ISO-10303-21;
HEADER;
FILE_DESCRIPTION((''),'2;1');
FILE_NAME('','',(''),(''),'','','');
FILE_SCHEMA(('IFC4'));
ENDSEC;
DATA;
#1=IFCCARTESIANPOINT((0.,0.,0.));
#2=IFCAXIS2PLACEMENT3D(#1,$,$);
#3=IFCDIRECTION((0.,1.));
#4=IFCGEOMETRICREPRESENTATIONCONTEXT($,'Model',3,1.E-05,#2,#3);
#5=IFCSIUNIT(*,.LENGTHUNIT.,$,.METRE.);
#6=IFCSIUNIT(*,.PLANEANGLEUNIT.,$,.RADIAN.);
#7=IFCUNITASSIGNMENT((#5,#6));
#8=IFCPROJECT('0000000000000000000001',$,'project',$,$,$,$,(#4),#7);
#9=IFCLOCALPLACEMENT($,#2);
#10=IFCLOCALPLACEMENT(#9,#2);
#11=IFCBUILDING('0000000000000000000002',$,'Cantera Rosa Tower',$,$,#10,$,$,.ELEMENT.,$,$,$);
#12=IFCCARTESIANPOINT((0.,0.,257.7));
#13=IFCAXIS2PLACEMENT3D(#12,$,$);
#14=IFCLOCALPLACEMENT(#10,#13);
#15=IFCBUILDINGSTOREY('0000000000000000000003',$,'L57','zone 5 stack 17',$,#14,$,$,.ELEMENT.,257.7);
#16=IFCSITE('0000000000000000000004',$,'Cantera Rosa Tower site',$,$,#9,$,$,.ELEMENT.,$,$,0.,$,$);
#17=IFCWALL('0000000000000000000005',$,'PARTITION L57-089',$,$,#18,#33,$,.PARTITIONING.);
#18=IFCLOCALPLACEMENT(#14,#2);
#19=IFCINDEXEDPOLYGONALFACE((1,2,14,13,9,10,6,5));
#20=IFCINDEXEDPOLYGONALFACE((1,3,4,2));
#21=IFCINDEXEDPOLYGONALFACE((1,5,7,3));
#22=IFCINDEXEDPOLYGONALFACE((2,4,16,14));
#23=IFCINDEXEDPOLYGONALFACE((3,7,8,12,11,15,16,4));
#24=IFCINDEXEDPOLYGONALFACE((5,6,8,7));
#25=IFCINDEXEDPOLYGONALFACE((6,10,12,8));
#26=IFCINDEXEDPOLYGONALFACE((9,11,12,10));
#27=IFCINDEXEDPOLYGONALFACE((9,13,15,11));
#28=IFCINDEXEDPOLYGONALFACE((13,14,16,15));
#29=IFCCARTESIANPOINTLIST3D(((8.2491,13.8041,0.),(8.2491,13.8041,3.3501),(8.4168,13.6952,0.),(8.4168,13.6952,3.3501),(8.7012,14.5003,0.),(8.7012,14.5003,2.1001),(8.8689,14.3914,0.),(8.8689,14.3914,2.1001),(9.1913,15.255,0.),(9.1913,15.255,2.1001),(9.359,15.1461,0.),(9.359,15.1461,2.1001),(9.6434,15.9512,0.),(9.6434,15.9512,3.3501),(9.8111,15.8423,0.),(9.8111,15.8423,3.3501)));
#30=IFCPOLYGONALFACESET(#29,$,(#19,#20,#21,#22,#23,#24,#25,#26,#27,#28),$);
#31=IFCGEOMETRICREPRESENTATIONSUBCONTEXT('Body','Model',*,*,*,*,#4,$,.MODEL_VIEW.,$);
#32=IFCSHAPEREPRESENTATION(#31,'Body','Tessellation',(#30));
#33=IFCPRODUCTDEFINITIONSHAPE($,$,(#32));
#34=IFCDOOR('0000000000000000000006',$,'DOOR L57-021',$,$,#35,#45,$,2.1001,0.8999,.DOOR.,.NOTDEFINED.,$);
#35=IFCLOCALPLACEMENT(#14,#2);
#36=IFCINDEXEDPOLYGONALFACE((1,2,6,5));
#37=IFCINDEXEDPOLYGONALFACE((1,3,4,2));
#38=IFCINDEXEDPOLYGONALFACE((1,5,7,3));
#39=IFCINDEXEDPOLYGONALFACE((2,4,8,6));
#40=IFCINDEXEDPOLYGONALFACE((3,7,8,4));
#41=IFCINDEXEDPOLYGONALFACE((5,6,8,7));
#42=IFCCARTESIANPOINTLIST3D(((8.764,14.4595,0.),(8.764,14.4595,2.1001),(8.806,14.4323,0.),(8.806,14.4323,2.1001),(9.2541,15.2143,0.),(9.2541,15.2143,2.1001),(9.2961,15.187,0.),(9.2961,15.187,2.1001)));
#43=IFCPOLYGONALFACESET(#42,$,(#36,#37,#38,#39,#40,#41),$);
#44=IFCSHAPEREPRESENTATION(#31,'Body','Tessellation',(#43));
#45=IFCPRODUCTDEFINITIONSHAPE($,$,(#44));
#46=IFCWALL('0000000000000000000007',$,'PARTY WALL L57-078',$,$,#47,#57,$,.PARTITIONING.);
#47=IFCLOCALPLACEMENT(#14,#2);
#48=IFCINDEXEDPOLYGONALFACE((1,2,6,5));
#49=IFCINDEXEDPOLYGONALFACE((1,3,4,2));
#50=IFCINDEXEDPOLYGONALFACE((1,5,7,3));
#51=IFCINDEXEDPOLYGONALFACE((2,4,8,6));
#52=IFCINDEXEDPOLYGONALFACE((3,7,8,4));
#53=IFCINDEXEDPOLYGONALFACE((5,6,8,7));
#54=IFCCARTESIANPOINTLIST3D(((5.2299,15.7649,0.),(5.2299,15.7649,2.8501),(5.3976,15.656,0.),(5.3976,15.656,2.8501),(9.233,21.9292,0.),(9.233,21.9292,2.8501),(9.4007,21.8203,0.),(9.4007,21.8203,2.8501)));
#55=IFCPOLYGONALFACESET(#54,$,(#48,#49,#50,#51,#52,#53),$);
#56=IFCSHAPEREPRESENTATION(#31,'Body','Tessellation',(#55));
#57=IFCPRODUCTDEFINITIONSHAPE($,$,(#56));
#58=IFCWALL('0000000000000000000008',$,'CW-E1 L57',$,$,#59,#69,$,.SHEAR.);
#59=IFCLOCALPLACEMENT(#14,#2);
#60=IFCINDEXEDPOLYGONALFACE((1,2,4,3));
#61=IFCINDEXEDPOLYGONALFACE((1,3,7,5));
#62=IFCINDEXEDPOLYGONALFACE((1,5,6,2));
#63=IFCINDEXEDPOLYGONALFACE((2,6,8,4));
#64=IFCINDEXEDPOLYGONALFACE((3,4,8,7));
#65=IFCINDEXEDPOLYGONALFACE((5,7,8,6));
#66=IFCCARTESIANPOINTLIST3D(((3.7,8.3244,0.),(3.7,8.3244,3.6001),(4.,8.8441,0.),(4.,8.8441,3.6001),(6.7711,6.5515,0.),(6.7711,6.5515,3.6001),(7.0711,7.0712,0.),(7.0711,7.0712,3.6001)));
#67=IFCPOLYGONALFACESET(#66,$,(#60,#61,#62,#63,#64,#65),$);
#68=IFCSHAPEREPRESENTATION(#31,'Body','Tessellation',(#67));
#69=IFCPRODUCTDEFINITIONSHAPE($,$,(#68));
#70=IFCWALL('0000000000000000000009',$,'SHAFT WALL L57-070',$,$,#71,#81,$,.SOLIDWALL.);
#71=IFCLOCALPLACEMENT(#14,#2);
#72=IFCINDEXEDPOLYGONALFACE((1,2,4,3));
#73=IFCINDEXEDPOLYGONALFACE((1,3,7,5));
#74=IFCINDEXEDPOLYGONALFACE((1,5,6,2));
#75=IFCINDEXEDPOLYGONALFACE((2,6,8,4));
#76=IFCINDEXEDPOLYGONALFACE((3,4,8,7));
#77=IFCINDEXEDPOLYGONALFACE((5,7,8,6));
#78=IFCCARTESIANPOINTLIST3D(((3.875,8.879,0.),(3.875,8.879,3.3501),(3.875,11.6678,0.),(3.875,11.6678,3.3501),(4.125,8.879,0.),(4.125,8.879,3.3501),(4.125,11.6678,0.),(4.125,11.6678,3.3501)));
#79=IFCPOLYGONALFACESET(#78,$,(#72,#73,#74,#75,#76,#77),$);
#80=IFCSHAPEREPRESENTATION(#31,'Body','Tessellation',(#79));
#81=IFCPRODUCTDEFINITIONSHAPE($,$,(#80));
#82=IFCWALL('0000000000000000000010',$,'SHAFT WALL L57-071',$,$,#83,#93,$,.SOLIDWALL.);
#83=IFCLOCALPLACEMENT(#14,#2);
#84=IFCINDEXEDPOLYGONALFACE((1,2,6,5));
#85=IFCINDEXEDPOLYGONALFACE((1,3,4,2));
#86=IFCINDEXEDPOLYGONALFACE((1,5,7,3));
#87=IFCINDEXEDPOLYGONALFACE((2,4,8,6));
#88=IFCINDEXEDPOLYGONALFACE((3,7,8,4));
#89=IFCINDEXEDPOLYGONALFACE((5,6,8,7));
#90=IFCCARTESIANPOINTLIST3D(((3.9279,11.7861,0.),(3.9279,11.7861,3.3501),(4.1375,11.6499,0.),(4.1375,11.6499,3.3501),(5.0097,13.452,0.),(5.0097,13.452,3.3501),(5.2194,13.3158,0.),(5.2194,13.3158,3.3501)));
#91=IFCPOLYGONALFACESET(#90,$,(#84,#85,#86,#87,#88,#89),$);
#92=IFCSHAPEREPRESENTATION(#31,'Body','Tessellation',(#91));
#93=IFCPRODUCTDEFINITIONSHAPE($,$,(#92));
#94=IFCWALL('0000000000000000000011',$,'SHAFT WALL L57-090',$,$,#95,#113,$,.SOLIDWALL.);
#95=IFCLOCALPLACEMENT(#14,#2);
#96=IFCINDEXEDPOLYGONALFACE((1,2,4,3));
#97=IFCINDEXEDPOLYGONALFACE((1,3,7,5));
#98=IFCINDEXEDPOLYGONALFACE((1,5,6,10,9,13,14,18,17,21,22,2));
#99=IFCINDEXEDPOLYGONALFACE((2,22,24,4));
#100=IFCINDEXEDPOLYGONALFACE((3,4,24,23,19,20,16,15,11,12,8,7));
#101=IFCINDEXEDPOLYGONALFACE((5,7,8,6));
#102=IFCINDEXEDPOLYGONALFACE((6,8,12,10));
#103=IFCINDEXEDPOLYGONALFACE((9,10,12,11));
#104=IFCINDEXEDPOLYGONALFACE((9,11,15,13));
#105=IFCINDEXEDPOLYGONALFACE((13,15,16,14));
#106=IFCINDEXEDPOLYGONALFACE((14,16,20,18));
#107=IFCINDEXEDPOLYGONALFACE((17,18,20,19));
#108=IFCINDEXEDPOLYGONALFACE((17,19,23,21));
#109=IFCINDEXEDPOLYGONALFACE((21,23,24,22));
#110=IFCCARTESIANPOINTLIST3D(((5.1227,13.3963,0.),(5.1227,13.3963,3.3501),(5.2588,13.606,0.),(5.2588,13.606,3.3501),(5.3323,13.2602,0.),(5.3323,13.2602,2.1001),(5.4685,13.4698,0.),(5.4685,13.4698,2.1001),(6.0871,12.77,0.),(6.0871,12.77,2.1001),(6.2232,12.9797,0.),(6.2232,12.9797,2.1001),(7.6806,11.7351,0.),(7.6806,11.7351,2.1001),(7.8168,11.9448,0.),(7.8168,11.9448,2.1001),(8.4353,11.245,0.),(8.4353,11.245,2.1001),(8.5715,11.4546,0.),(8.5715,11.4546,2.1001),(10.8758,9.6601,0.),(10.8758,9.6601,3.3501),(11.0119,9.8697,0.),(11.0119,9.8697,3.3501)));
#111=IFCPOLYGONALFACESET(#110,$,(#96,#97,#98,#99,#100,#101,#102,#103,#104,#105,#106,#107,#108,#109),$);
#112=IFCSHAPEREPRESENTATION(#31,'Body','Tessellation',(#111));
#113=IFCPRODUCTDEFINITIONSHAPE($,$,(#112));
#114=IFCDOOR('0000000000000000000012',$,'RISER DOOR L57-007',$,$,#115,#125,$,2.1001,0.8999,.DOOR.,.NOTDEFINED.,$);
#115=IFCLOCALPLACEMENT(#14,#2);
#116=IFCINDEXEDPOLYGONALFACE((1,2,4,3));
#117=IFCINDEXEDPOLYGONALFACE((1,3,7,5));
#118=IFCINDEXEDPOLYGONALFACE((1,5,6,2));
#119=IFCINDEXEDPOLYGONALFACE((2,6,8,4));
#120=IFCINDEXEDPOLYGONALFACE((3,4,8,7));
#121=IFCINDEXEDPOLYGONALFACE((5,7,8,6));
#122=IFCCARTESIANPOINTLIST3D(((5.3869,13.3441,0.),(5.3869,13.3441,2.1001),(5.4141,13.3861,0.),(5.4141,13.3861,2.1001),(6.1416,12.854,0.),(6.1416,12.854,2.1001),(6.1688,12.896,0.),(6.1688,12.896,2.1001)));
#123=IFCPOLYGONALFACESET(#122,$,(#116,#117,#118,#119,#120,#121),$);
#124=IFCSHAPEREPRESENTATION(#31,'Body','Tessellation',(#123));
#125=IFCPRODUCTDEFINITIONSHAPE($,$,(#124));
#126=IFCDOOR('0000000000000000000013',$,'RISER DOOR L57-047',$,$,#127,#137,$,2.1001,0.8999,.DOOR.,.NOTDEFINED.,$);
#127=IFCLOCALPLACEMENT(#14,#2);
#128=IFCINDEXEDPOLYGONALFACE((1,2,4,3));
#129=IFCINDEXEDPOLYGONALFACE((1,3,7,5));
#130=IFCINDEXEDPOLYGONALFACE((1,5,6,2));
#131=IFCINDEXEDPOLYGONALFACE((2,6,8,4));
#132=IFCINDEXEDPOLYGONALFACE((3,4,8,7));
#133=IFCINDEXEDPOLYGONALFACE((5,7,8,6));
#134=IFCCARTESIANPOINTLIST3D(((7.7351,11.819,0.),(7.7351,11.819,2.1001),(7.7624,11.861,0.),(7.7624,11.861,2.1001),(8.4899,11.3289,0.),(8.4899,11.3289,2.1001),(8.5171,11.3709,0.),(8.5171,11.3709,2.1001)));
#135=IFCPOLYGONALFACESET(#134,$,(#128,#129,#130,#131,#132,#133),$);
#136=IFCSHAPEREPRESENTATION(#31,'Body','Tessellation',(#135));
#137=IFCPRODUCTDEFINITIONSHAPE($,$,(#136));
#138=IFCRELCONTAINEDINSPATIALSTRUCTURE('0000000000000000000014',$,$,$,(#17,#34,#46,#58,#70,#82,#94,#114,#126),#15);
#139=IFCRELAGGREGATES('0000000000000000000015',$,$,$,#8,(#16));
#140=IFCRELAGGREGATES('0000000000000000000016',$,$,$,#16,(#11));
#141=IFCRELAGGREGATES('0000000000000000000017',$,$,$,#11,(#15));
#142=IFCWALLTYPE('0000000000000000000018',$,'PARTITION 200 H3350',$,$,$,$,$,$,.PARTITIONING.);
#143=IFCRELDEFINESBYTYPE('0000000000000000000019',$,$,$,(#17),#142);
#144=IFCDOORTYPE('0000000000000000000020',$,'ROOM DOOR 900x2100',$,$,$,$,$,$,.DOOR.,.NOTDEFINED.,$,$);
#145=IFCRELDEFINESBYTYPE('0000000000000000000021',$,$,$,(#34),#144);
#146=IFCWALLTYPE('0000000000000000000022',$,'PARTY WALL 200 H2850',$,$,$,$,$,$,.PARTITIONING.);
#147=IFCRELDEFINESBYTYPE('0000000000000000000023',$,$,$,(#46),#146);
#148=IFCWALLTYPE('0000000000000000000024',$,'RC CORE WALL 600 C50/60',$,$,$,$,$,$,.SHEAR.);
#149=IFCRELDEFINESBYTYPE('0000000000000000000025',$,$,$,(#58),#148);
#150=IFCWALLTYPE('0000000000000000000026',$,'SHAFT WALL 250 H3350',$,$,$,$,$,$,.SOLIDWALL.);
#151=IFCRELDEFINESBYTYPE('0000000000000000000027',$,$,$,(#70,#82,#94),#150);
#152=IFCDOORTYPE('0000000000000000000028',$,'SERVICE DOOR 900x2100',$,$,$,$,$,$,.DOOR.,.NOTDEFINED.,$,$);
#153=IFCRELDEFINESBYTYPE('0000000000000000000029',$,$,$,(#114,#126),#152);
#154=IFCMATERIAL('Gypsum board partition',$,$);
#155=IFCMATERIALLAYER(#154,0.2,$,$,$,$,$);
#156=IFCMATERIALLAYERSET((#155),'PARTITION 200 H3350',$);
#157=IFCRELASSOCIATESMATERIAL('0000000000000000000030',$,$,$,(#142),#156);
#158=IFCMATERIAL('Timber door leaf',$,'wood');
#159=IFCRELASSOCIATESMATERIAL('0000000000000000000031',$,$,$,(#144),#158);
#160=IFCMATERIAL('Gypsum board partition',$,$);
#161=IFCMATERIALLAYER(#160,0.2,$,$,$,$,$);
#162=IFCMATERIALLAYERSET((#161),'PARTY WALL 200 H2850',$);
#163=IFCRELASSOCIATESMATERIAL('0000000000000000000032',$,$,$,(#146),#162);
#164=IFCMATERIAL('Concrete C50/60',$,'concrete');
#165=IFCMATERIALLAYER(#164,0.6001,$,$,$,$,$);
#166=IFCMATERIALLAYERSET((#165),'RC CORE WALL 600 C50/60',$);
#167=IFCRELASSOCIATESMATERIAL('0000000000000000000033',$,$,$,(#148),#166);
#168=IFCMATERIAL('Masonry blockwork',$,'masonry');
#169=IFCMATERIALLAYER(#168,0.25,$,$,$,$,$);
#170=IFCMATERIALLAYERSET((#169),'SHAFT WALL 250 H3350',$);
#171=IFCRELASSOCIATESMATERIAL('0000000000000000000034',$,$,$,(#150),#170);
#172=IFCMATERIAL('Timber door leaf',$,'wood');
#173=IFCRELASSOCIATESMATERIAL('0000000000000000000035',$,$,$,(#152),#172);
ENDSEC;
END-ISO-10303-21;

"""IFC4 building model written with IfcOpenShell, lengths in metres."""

from ifc_helpers import new_model, si_unit, direction, frame, frame_2d, origin, place, context, subcontext, project, spatial, rectangle, extrude, material, layer, layer_set, type_object, element, fill, save


model = new_model("IFC4")

# Units and contexts
model_context = context("Model", 3, precision=1e-05, world=origin(), true_north=direction((0.0, 1.0)))
body_context = subcontext(model_context, "Body", "Model", "MODEL_VIEW")
ifc_project = project(units=[si_unit("LENGTHUNIT", "METRE"), si_unit("PLANEANGLEUNIT", "RADIAN")], contexts=[model_context])

# Site, building, storey
site_placement = place(None, origin())
site = spatial("IfcSite", under=ifc_project, at=site_placement, Name="Cantera Rosa Tower site", CompositionType="ELEMENT", RefElevation=0.0)
building_placement = place(site_placement, origin())
building = spatial("IfcBuilding", under=site, at=building_placement, Name="Cantera Rosa Tower", CompositionType="ELEMENT")
storey_placement = place(building_placement, frame((0.0, 0.0, 257.7)))
storey = spatial("IfcBuildingStorey", under=building, at=storey_placement, Name="L57", Description="zone 5 stack 17", CompositionType="ELEMENT", Elevation=257.7)

# Shared definitions
ifc_material_1 = material(Name="Gypsum board partition")
ifc_layer_1 = layer(ifc_material_1, 0.2)
ifc_layer_set_1 = layer_set([ifc_layer_1], Name="PARTITION 200 H3350")
wall_type_1 = type_object("IfcWallType", Name="PARTITION 200 H3350", PredefinedType="PARTITIONING", material=ifc_layer_set_1)

# Wall, opening, door
wall_1_placement = place(storey_placement, frame((9.7273, 15.8967, 0.0), z_axis=(0.0, 0.0, 1.0), x_axis=(-0.544646, -0.838666, 0.0)))
wall_1 = element("IfcWall", 1, at=wall_1_placement, inside=storey, type_object=wall_type_1, Name="PARTITION L57-089", PredefinedType="PARTITIONING", context=body_context, shape_type="SweptSolid", body=[
    extrude(rectangle(XDim=2.5601, YDim=0.2, at=frame_2d((1.28, 0.0))), origin(), (0.0, 0.0, 1.0), 3.3501),
])
opening_1_placement = place(wall_1_placement, frame((0.8301, 0.0, 0.0)))
opening_1 = element("IfcOpeningElement", 2, at=opening_1_placement, cuts=wall_1, PredefinedType="OPENING", context=body_context, shape_type="SweptSolid", body=[
    extrude(rectangle(XDim=0.8999, YDim=2.1001, at=frame_2d((0.45, 1.05))), frame((0.0, 0.1099, 0.0), z_axis=(0.0, -1.0, 0.0), x_axis=(1.0, 0.0, 0.0)), (0.0, 0.0, 1.0), 0.22),
])
ifc_material_2 = material(Name="Timber door leaf", Category="wood")
door_type_1 = type_object("IfcDoorType", Name="ROOM DOOR 900x2100", OperationType="NOTDEFINED", PredefinedType="DOOR", material=ifc_material_2)
door_1_placement = place(opening_1_placement, origin())
door_1 = element("IfcDoor", 3, at=door_1_placement, inside=storey, type_object=door_type_1, Name="DOOR L57-021", OperationType="NOTDEFINED", OverallHeight=2.1001, OverallWidth=0.8999, PredefinedType="DOOR", context=body_context, shape_type="SweptSolid", body=[
    extrude(rectangle(XDim=0.8999, YDim=2.1001, at=frame_2d((0.45, 1.05))), frame((0.0, 0.0249, 0.0), z_axis=(0.0, -1.0, 0.0), x_axis=(1.0, 0.0, 0.0)), (0.0, 0.0, 1.0), 0.05),
])
fill(opening_1, door_1)

# Walls
ifc_material_3 = material(Name="Gypsum board partition")
ifc_layer_2 = layer(ifc_material_3, 0.2)
ifc_layer_set_2 = layer_set([ifc_layer_2], Name="PARTY WALL 200 H2850")
wall_type_2 = type_object("IfcWallType", Name="PARTY WALL 200 H2850", PredefinedType="PARTITIONING", material=ifc_layer_set_2)
wall_2_placement = place(storey_placement, frame((5.3137, 15.7104, 0.0), z_axis=(0.0, 0.0, 1.0), x_axis=(0.544642, 0.838669, 0.0)))
element("IfcWall", 4, at=wall_2_placement, inside=storey, type_object=wall_type_2, Name="PARTY WALL L57-078", PredefinedType="PARTITIONING", context=body_context, shape_type="SweptSolid", body=[
    extrude(rectangle(XDim=7.3501, YDim=0.2, at=frame_2d((3.675, 0.0))), origin(), (0.0, 0.0, 1.0), 2.8501),
])
ifc_material_4 = material(Name="Concrete C50/60", Category="concrete")
ifc_layer_3 = layer(ifc_material_4, 0.6001)
ifc_layer_set_3 = layer_set([ifc_layer_3], Name="RC CORE WALL 600 C50/60")
wall_type_3 = type_object("IfcWallType", Name="RC CORE WALL 600 C50/60", PredefinedType="SHEAR", material=ifc_layer_set_3)
wall_3_placement = place(storey_placement, frame((3.8501, 8.5842, 0.0), z_axis=(0.0, 0.0, 1.0), x_axis=(0.86604, -0.499975, 0.0)))
element("IfcWall", 5, at=wall_3_placement, inside=storey, type_object=wall_type_3, Name="CW-E1 L57", PredefinedType="SHEAR", context=body_context, shape_type="SweptSolid", body=[
    extrude(rectangle(XDim=3.5461, YDim=0.6001, at=frame_2d((1.7729, 0.0))), origin(), (0.0, 0.0, 1.0), 3.6001),
])
ifc_material_5 = material(Name="Masonry blockwork", Category="masonry")
ifc_layer_4 = layer(ifc_material_5, 0.25)
ifc_layer_set_4 = layer_set([ifc_layer_4], Name="SHAFT WALL 250 H3350")
wall_type_4 = type_object("IfcWallType", Name="SHAFT WALL 250 H3350", PredefinedType="SOLIDWALL", material=ifc_layer_set_4)
wall_4_placement = place(storey_placement, frame((4.0, 8.8789, 0.0), z_axis=(0.0, 0.0, 1.0), x_axis=(0.0, 1.0, 0.0)))
element("IfcWall", 6, at=wall_4_placement, inside=storey, type_object=wall_type_4, Name="SHAFT WALL L57-070", PredefinedType="SOLIDWALL", context=body_context, shape_type="SweptSolid", body=[
    extrude(rectangle(XDim=2.7888, YDim=0.25, at=frame_2d((1.3945, 0.0))), origin(), (0.0, 0.0, 1.0), 3.3501),
])
wall_5_placement = place(storey_placement, frame((4.0327, 11.718, 0.0), z_axis=(0.0, 0.0, 1.0), x_axis=(0.544647, 0.838665, 0.0)))
element("IfcWall", 7, at=wall_5_placement, inside=storey, type_object=wall_type_4, Name="SHAFT WALL L57-071", PredefinedType="SOLIDWALL", context=body_context, shape_type="SweptSolid", body=[
    extrude(rectangle(XDim=1.9863, YDim=0.25, at=frame_2d((0.9932, 0.0))), origin(), (0.0, 0.0, 1.0), 3.3501),
])

# Wall, openings, doors
wall_6_placement = place(storey_placement, frame((10.9438, 9.7649, 0.0), z_axis=(0.0, 0.0, 1.0), x_axis=(-0.838659, 0.544657, 0.0)))
wall_6 = element("IfcWall", 8, at=wall_6_placement, inside=storey, type_object=wall_type_4, Name="SHAFT WALL L57-090", PredefinedType="SOLIDWALL", context=body_context, shape_type="SweptSolid", body=[
    extrude(rectangle(XDim=6.8599, YDim=0.25, at=frame_2d((3.4299, 0.0))), origin(), (0.0, 0.0, 1.0), 3.3501),
])
opening_2_placement = place(wall_6_placement, frame((5.71, 0.0, 0.0)))
opening_2 = element("IfcOpeningElement", 9, at=opening_2_placement, cuts=wall_6, PredefinedType="OPENING", context=body_context, shape_type="SweptSolid", body=[
    extrude(rectangle(XDim=0.8999, YDim=2.1001, at=frame_2d((0.45, 1.05))), frame((0.0, 0.135, 0.0), z_axis=(0.0, -1.0, 0.0), x_axis=(1.0, 0.0, 0.0)), (0.0, 0.0, 1.0), 0.27),
])
opening_3_placement = place(wall_6_placement, frame((2.9099, 0.0, 0.0)))
opening_3 = element("IfcOpeningElement", 10, at=opening_3_placement, cuts=wall_6, PredefinedType="OPENING", context=body_context, shape_type="SweptSolid", body=[
    extrude(rectangle(XDim=0.8999, YDim=2.1001, at=frame_2d((0.45, 1.05))), frame((0.0, 0.135, 0.0), z_axis=(0.0, -1.0, 0.0), x_axis=(1.0, 0.0, 0.0)), (0.0, 0.0, 1.0), 0.27),
])
ifc_material_6 = material(Name="Timber door leaf", Category="wood")
door_type_2 = type_object("IfcDoorType", Name="SERVICE DOOR 900x2100", OperationType="NOTDEFINED", PredefinedType="DOOR", material=ifc_material_6)
door_2_placement = place(opening_2_placement, origin())
door_2 = element("IfcDoor", 11, at=door_2_placement, inside=storey, type_object=door_type_2, Name="RISER DOOR L57-007", OperationType="NOTDEFINED", OverallHeight=2.1001, OverallWidth=0.8999, PredefinedType="DOOR", context=body_context, shape_type="SweptSolid", body=[
    extrude(rectangle(XDim=0.8999, YDim=2.1001, at=frame_2d((0.45, 1.05))), frame((0.0, 0.0249, 0.0), z_axis=(0.0, -1.0, 0.0), x_axis=(1.0, 0.0, 0.0)), (0.0, 0.0, 1.0), 0.05),
])
fill(opening_2, door_2)
door_3_placement = place(opening_3_placement, origin())
door_3 = element("IfcDoor", 12, at=door_3_placement, inside=storey, type_object=door_type_2, Name="RISER DOOR L57-047", OperationType="NOTDEFINED", OverallHeight=2.1001, OverallWidth=0.8999, PredefinedType="DOOR", context=body_context, shape_type="SweptSolid", body=[
    extrude(rectangle(XDim=0.8999, YDim=2.1001, at=frame_2d((0.45, 1.05))), frame((0.0, 0.0249, 0.0), z_axis=(0.0, -1.0, 0.0), x_axis=(1.0, 0.0, 0.0)), (0.0, 0.0, 1.0), 0.05),
])
fill(opening_3, door_3)

save(model, "model.ifc")
